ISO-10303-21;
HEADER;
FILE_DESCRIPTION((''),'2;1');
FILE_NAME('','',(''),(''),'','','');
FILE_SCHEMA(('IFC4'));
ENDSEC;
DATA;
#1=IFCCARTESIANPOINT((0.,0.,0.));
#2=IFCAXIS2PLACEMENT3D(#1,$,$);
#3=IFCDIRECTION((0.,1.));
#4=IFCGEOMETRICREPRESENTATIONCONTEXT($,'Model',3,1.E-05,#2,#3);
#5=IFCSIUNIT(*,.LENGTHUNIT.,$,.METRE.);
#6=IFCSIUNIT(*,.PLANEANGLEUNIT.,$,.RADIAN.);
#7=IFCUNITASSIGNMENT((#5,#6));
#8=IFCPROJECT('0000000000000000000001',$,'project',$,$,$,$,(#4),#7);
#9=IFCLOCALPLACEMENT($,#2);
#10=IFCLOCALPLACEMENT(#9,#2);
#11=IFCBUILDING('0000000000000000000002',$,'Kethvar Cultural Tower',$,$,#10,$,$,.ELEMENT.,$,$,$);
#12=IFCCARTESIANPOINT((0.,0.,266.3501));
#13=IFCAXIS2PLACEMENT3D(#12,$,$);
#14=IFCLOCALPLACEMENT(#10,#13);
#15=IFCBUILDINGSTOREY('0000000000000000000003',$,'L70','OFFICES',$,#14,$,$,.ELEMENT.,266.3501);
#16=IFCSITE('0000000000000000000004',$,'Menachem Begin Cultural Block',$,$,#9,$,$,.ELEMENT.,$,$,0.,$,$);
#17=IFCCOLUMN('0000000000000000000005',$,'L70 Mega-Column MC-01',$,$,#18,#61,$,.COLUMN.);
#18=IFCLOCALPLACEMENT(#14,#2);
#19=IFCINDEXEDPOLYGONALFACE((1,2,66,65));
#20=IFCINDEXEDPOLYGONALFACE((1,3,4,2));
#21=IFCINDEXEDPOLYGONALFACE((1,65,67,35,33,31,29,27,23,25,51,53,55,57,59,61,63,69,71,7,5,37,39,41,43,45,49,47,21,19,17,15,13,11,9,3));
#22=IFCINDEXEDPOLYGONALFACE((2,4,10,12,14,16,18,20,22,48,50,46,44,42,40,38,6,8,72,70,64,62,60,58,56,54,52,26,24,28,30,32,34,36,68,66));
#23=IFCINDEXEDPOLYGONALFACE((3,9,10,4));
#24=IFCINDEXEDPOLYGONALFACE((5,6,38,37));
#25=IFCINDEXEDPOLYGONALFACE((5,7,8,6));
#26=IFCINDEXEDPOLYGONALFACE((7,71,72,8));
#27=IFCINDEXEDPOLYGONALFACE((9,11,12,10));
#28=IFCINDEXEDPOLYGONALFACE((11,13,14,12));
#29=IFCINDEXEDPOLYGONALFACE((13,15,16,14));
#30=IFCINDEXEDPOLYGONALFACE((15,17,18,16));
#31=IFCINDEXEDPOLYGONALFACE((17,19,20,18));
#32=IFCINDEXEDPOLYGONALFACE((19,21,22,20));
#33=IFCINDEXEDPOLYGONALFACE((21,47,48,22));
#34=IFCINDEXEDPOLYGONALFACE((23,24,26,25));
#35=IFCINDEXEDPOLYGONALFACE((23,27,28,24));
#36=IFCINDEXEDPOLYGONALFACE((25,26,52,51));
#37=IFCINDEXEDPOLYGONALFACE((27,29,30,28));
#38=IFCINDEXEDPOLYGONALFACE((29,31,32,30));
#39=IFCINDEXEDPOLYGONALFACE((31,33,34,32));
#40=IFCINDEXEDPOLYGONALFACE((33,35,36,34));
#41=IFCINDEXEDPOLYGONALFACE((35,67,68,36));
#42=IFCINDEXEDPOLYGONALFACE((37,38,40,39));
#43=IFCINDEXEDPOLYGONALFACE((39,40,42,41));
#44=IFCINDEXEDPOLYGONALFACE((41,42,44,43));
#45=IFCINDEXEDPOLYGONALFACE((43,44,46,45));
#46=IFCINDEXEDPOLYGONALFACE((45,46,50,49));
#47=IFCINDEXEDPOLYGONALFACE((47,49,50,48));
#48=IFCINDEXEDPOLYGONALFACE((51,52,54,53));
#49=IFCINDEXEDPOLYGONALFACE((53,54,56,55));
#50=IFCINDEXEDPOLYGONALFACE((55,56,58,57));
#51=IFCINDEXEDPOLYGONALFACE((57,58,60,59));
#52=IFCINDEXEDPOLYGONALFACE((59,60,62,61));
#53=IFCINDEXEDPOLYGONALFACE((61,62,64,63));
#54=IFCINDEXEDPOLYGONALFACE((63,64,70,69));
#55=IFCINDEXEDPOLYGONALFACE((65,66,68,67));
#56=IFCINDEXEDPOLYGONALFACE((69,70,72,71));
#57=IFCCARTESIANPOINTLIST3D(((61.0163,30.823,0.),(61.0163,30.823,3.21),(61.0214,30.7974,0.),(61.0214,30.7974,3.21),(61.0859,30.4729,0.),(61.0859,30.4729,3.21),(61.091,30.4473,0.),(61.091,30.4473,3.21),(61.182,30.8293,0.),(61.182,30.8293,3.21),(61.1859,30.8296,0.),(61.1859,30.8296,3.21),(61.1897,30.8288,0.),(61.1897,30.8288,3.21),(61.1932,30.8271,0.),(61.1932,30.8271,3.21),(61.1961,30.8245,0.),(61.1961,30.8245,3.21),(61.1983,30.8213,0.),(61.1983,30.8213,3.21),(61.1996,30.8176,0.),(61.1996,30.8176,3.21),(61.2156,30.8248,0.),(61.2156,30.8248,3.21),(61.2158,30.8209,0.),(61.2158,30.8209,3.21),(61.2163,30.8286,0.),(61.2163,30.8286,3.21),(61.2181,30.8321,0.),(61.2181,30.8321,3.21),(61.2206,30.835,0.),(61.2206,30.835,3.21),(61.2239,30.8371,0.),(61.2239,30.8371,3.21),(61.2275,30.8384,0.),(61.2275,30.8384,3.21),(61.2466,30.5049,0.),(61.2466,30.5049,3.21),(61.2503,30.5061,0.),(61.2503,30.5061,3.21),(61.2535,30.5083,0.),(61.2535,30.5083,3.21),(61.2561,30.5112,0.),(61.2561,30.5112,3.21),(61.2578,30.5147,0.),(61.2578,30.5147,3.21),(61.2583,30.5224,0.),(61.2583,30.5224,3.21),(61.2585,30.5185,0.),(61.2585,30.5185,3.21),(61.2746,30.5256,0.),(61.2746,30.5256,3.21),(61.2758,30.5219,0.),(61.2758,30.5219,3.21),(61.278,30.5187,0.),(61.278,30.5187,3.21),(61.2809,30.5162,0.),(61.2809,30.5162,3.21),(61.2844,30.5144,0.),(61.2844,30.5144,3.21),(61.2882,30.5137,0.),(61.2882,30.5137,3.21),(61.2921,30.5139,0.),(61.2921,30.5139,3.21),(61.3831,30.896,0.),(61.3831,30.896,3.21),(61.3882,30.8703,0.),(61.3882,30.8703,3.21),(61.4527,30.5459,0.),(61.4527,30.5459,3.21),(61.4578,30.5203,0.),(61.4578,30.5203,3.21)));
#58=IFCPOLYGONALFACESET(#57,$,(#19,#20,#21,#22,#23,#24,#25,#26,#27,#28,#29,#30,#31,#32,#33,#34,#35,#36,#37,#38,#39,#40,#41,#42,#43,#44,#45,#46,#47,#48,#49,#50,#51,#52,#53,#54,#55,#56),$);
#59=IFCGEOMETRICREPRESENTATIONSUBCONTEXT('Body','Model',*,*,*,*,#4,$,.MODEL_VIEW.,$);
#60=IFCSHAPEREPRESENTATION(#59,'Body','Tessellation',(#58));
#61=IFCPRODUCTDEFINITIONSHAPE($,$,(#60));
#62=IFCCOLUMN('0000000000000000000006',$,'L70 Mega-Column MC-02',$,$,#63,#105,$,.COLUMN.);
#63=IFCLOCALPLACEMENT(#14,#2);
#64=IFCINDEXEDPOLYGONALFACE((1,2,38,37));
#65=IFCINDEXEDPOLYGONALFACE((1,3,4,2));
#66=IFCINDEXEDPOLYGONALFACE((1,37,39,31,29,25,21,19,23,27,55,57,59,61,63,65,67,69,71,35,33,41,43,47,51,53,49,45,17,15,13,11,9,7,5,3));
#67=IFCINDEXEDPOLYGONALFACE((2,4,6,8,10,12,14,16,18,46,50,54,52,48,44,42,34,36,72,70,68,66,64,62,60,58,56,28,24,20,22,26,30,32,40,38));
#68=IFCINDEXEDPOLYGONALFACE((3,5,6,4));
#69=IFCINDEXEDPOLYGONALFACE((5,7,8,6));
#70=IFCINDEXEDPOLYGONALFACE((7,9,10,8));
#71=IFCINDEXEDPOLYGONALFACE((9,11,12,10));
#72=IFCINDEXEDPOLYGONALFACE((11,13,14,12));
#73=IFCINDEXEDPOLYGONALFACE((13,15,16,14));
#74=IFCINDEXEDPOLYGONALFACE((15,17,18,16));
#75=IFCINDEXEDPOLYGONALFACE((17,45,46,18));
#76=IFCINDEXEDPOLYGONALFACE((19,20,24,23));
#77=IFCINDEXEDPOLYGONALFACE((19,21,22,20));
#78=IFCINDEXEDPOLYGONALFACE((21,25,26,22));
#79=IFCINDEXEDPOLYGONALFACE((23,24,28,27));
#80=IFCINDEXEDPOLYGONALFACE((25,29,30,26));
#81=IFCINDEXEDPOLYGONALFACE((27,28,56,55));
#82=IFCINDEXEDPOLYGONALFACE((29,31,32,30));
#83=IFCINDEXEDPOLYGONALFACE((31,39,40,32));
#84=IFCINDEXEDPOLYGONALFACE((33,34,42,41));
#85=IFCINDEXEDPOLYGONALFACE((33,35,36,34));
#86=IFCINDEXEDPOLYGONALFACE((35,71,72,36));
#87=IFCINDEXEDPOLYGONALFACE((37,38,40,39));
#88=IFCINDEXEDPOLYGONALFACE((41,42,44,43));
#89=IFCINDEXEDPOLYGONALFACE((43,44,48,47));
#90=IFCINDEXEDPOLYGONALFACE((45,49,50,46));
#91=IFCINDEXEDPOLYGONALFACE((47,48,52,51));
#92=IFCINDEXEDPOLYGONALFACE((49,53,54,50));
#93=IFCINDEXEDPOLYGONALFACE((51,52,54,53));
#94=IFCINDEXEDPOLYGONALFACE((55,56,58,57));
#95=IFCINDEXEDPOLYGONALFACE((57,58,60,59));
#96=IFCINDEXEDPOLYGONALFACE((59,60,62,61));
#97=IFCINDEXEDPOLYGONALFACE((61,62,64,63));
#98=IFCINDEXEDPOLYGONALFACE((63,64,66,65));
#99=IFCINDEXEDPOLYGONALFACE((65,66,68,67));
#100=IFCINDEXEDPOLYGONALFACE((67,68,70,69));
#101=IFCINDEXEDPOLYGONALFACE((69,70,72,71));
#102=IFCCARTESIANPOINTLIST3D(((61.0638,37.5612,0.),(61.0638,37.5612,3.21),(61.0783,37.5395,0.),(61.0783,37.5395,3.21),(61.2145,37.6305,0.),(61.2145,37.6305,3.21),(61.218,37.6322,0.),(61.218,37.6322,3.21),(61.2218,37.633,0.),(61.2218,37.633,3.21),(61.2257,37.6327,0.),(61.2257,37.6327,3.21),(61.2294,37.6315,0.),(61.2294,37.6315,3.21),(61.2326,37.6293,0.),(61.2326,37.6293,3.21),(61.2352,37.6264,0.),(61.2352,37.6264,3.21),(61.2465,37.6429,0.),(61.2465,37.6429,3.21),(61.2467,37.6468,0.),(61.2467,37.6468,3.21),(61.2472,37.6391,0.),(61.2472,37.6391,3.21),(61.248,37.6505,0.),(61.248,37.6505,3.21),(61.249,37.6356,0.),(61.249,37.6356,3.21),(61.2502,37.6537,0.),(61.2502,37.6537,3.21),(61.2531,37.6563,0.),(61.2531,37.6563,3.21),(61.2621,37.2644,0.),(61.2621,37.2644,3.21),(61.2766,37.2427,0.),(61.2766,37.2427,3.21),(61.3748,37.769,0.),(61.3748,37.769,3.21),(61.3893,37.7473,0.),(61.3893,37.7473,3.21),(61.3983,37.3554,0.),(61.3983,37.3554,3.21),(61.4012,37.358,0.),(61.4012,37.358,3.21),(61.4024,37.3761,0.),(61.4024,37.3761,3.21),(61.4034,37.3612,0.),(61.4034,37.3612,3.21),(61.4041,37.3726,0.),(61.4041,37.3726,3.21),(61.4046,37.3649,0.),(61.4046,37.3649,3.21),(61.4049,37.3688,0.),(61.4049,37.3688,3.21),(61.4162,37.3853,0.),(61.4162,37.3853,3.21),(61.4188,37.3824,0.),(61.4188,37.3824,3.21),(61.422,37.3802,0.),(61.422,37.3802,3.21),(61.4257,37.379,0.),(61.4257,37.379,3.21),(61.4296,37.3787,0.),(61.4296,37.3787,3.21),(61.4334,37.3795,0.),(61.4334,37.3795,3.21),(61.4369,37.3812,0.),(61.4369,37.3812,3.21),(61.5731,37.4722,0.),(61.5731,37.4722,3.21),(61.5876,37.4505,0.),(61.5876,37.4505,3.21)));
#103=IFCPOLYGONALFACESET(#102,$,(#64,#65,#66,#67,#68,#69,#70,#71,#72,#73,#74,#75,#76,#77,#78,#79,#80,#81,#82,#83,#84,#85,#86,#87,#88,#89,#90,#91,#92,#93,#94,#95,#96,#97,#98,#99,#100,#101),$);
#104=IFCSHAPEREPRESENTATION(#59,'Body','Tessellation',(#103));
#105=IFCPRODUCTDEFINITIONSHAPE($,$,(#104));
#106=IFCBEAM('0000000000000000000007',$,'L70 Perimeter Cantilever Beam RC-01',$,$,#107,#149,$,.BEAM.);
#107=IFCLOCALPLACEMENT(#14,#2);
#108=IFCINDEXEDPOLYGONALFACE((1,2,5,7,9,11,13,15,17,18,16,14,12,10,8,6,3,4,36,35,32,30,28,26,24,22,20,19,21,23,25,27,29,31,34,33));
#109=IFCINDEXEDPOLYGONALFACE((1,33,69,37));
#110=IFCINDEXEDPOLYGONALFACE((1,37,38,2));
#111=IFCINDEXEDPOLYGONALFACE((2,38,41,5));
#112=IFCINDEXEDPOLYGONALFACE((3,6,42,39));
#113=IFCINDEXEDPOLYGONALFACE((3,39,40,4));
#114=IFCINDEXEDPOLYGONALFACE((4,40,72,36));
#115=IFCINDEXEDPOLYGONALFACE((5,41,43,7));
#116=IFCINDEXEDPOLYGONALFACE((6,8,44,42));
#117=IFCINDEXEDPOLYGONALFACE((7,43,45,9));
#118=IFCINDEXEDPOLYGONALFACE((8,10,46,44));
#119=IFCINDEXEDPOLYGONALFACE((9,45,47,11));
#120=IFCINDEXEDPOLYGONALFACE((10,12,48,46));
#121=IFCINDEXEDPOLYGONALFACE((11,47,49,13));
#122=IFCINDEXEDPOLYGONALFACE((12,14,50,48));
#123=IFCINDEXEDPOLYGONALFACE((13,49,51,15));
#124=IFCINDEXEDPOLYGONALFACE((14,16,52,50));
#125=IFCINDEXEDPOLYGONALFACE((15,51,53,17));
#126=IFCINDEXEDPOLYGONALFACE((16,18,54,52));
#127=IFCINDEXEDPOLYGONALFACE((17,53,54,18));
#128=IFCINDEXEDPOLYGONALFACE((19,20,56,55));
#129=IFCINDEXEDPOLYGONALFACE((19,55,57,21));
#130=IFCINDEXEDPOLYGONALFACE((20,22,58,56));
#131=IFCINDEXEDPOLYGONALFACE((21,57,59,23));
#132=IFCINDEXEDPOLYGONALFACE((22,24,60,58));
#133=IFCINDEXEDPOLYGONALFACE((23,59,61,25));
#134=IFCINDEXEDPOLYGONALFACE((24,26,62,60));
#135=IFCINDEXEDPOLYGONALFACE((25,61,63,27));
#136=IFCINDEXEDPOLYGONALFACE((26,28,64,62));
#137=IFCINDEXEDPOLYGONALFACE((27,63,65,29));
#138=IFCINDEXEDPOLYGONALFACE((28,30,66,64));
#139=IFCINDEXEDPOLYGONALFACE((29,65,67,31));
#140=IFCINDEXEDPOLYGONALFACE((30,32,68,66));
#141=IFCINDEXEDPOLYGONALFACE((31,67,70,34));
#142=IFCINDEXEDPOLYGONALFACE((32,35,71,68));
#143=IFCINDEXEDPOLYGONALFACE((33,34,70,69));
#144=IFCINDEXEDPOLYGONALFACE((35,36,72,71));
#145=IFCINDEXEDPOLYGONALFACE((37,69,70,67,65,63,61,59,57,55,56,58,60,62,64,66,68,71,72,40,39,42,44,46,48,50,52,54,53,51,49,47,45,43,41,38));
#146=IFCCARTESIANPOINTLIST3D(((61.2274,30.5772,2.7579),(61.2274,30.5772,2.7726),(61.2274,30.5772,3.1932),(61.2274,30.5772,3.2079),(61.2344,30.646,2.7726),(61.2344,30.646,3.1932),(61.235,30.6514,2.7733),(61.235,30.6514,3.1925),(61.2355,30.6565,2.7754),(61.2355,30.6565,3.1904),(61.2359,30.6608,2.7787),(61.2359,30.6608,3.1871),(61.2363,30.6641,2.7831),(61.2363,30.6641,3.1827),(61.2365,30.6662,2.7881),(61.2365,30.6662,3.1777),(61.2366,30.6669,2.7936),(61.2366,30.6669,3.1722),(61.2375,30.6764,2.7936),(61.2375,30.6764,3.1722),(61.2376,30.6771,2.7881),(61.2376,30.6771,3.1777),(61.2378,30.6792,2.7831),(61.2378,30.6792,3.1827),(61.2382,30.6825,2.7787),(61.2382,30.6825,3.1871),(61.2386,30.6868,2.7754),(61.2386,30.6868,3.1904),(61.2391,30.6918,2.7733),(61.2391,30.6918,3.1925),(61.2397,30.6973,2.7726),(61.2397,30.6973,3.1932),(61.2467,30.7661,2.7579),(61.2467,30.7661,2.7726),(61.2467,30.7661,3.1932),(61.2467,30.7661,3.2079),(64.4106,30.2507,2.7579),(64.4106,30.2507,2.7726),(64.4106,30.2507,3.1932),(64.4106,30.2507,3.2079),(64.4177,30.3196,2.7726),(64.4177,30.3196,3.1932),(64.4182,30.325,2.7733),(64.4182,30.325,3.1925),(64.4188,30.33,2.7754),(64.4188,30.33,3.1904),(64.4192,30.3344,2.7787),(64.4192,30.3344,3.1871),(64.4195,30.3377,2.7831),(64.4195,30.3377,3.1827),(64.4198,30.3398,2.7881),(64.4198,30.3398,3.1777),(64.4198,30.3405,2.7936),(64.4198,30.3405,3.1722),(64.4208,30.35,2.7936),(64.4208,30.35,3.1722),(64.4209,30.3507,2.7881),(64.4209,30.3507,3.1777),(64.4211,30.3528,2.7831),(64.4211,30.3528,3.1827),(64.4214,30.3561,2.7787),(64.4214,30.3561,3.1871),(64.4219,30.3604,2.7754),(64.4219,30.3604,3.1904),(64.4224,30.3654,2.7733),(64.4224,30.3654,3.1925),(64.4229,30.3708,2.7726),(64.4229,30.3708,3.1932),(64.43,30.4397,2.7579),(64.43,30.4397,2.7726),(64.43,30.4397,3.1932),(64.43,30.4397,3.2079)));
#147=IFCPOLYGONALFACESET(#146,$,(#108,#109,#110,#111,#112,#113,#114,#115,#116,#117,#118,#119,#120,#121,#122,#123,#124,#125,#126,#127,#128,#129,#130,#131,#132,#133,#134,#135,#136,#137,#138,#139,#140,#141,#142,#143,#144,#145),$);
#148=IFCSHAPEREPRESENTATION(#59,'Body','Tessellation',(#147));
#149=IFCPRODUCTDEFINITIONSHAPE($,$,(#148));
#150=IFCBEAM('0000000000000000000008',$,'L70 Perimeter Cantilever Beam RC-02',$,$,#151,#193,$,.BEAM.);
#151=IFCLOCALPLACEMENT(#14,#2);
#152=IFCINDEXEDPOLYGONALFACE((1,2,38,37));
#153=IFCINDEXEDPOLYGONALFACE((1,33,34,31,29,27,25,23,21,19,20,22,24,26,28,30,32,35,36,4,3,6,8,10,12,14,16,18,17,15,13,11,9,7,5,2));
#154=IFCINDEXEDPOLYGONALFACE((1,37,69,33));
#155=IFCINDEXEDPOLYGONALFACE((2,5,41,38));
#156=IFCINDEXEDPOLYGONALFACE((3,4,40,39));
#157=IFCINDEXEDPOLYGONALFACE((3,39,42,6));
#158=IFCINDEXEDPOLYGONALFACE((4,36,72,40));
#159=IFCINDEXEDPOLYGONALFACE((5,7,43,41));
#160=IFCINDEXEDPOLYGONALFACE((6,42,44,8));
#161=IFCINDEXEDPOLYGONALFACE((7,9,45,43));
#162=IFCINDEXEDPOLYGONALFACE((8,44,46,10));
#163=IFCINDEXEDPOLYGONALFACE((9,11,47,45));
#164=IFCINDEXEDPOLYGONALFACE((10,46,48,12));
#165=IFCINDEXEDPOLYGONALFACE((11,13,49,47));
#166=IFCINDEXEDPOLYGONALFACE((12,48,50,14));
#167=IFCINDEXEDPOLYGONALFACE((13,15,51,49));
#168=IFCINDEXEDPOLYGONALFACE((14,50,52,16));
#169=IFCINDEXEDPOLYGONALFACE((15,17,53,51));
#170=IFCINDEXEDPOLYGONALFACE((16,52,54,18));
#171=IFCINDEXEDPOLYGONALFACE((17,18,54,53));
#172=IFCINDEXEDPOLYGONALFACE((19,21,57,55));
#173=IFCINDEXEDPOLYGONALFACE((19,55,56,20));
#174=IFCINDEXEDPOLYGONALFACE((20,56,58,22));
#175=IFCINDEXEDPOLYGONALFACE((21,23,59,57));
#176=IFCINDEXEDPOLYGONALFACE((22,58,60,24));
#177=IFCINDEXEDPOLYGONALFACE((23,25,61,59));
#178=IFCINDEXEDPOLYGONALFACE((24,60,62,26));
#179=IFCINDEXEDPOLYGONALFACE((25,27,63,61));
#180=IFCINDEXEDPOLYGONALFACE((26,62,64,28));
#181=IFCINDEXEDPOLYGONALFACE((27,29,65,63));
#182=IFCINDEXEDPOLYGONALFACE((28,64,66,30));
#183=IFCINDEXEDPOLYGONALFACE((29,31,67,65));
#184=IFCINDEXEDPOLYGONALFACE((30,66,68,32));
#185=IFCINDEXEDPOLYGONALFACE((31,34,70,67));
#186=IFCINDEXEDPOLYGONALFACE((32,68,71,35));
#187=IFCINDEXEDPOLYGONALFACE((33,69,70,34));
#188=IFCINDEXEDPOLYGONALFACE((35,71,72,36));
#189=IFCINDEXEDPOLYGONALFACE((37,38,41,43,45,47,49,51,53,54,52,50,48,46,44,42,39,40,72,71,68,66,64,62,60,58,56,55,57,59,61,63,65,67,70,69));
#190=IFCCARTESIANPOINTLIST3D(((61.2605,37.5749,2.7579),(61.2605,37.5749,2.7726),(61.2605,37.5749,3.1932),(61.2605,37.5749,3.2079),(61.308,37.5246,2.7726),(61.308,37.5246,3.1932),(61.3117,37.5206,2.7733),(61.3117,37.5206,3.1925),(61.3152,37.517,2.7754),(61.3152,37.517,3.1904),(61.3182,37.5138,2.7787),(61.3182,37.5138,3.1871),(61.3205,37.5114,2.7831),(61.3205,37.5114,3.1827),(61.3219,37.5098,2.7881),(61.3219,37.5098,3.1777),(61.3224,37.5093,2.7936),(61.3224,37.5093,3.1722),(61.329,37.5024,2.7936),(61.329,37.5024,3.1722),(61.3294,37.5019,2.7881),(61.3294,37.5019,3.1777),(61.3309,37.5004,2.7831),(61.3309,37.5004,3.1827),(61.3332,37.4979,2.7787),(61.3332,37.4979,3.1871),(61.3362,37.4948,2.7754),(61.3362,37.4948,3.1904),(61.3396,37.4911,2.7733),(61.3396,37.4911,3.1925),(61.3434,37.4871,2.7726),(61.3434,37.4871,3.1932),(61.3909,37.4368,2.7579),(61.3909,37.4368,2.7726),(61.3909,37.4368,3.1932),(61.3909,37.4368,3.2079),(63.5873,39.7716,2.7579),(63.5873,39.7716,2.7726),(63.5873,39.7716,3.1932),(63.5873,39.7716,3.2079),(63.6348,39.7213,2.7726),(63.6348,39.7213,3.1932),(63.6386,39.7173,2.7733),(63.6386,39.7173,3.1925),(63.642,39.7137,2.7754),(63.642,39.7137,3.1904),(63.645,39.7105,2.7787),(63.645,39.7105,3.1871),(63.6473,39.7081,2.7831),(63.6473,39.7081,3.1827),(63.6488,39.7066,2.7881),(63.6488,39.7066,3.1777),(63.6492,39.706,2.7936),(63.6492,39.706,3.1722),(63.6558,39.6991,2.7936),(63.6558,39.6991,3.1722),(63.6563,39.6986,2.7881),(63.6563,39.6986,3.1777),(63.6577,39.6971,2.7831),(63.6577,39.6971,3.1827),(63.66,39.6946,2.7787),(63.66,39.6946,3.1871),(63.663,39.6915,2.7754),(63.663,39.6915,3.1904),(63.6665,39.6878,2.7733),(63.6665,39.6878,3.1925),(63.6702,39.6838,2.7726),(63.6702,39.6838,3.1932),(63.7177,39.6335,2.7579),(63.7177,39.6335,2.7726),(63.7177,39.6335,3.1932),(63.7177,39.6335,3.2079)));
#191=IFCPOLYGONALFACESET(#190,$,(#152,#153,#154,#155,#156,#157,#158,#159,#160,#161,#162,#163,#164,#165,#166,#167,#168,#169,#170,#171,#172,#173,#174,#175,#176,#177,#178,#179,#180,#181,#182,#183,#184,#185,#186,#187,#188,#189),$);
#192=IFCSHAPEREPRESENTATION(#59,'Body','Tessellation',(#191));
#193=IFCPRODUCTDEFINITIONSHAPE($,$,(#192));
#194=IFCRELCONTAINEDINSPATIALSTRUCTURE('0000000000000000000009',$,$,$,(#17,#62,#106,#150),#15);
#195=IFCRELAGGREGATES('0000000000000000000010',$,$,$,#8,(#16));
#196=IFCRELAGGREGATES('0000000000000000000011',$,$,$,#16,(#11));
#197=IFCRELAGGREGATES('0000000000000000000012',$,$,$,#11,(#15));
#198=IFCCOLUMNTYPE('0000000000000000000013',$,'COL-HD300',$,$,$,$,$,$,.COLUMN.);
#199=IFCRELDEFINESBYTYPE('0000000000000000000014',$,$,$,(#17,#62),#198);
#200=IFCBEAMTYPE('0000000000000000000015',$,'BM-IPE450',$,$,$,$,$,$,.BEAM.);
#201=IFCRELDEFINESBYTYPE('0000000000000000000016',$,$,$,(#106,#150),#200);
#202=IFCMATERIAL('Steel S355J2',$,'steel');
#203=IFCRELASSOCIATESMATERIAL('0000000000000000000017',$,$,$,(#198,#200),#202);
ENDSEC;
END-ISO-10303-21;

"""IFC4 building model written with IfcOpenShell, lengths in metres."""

from ifc_helpers import new_model, si_unit, direction, frame, origin, origin_2d, place, context, subcontext, project, spatial, i_section, extrude, source, transform, mapped, material, material_profile, profile_set, type_object, element, save


model = new_model("IFC4")

# Units and contexts
model_context = context("Model", 3, precision=1e-05, world=origin(), true_north=direction((0.0, 1.0)))
body_context = subcontext(model_context, "Body", "Model", "MODEL_VIEW")
ifc_project = project(units=[si_unit("LENGTHUNIT", "METRE"), si_unit("PLANEANGLEUNIT", "RADIAN")], contexts=[model_context])

# Site, building, storey
site_placement = place(None, origin())
site = spatial("IfcSite", under=ifc_project, at=site_placement, Name="Menachem Begin Cultural Block", CompositionType="ELEMENT", RefElevation=0.0)
building_placement = place(site_placement, origin())
building = spatial("IfcBuilding", under=site, at=building_placement, Name="Kethvar Cultural Tower", CompositionType="ELEMENT")
storey_placement = place(building_placement, frame((0.0, 0.0, 266.3501)))
storey = spatial("IfcBuildingStorey", under=building, at=storey_placement, Name="L70", Description="OFFICES", CompositionType="ELEMENT", Elevation=266.3501)

# Columns
ifc_material_1 = material(Name="Steel S355J2", Category="steel")
ifc_material_profile_1 = material_profile(ifc_material_1, i_section(OverallWidth=0.374, OverallDepth=0.3831, WebThickness=0.0166, FlangeThickness=0.0261, FilletRadius=0.0149, at=origin_2d()), Name="Steel S355J2 — HD360x300")
ifc_profile_set_1 = profile_set([ifc_material_profile_1], Name="Steel S355J2 — HD360x300")
column_type = type_object("IfcColumnType", Name="COL-HD300", PredefinedType="COLUMN", material=ifc_profile_set_1)
shared_shape_1 = source(origin(), body_context, "Body", "SweptSolid", [
    extrude(i_section(OverallWidth=0.374, OverallDepth=0.3831, WebThickness=0.0166, FlangeThickness=0.0261, FilletRadius=0.0149, at=origin_2d()), origin(), (0.0, 0.0, 1.0), 3.21),
])
for number, where, z_axis, x_axis, name in (
    (1, (61.2371, 30.6716, 0.0), (0.0, 0.0, 1.0), (0.980785, 0.19509, 0.0), "L70 Mega-Column MC-01"),
    (2, (61.3257, 37.5059, 0.0), (0.0, 0.0, 1.0), (0.83147, 0.55557, 0.0), "L70 Mega-Column MC-02"),
):
    element("IfcColumn", number, at=place(storey_placement, frame(where, z_axis=z_axis, x_axis=x_axis)), inside=storey, type_object=column_type, Name=name, PredefinedType="COLUMN", context=body_context, shape_type="MappedRepresentation", body=[
        mapped(shared_shape_1, transform((0.0, 0.0, 0.0), scale=1.0)),
    ])

# Beams
ifc_material_profile_2 = material_profile(ifc_material_1, i_section(OverallWidth=0.1899, OverallDepth=0.45, WebThickness=0.0095, FlangeThickness=0.0146, FilletRadius=0.021, at=origin_2d()), Name="Steel S355J2 — IPE450")
ifc_profile_set_2 = profile_set([ifc_material_profile_2], Name="Steel S355J2 — IPE450")
beam_type_1 = type_object("IfcBeamType", Name="BM-IPE450", PredefinedType="BEAM", material=ifc_profile_set_2)
shared_shape_2 = source(origin(), body_context, "Body", "SweptSolid", [
    extrude(i_section(OverallWidth=0.1899, OverallDepth=0.45, WebThickness=0.0095, FlangeThickness=0.0146, FilletRadius=0.021, at=origin_2d()), origin(), (0.0, 0.0, 1.0), 3.2),
])
for number, where, z_axis, x_axis, name in (
    (3, (61.2371, 30.6716, 2.9829), (0.994784, -0.102004, 0.0), (0.102004, 0.994784, 0.0), "L70 Perimeter Cantilever Beam RC-01"),
    (4, (61.3257, 37.5059, 2.9829), (0.727146, 0.686482, 0.0), (-0.686482, 0.727146, 0.0), "L70 Perimeter Cantilever Beam RC-02"),
):
    element("IfcBeam", number, at=place(storey_placement, frame(where, z_axis=z_axis, x_axis=x_axis)), inside=storey, type_object=beam_type_1, Name=name, PredefinedType="BEAM", context=body_context, shape_type="MappedRepresentation", body=[
        mapped(shared_shape_2, transform((0.0, 0.0, 0.0), scale=1.0)),
    ])

save(model, "model.ifc")
